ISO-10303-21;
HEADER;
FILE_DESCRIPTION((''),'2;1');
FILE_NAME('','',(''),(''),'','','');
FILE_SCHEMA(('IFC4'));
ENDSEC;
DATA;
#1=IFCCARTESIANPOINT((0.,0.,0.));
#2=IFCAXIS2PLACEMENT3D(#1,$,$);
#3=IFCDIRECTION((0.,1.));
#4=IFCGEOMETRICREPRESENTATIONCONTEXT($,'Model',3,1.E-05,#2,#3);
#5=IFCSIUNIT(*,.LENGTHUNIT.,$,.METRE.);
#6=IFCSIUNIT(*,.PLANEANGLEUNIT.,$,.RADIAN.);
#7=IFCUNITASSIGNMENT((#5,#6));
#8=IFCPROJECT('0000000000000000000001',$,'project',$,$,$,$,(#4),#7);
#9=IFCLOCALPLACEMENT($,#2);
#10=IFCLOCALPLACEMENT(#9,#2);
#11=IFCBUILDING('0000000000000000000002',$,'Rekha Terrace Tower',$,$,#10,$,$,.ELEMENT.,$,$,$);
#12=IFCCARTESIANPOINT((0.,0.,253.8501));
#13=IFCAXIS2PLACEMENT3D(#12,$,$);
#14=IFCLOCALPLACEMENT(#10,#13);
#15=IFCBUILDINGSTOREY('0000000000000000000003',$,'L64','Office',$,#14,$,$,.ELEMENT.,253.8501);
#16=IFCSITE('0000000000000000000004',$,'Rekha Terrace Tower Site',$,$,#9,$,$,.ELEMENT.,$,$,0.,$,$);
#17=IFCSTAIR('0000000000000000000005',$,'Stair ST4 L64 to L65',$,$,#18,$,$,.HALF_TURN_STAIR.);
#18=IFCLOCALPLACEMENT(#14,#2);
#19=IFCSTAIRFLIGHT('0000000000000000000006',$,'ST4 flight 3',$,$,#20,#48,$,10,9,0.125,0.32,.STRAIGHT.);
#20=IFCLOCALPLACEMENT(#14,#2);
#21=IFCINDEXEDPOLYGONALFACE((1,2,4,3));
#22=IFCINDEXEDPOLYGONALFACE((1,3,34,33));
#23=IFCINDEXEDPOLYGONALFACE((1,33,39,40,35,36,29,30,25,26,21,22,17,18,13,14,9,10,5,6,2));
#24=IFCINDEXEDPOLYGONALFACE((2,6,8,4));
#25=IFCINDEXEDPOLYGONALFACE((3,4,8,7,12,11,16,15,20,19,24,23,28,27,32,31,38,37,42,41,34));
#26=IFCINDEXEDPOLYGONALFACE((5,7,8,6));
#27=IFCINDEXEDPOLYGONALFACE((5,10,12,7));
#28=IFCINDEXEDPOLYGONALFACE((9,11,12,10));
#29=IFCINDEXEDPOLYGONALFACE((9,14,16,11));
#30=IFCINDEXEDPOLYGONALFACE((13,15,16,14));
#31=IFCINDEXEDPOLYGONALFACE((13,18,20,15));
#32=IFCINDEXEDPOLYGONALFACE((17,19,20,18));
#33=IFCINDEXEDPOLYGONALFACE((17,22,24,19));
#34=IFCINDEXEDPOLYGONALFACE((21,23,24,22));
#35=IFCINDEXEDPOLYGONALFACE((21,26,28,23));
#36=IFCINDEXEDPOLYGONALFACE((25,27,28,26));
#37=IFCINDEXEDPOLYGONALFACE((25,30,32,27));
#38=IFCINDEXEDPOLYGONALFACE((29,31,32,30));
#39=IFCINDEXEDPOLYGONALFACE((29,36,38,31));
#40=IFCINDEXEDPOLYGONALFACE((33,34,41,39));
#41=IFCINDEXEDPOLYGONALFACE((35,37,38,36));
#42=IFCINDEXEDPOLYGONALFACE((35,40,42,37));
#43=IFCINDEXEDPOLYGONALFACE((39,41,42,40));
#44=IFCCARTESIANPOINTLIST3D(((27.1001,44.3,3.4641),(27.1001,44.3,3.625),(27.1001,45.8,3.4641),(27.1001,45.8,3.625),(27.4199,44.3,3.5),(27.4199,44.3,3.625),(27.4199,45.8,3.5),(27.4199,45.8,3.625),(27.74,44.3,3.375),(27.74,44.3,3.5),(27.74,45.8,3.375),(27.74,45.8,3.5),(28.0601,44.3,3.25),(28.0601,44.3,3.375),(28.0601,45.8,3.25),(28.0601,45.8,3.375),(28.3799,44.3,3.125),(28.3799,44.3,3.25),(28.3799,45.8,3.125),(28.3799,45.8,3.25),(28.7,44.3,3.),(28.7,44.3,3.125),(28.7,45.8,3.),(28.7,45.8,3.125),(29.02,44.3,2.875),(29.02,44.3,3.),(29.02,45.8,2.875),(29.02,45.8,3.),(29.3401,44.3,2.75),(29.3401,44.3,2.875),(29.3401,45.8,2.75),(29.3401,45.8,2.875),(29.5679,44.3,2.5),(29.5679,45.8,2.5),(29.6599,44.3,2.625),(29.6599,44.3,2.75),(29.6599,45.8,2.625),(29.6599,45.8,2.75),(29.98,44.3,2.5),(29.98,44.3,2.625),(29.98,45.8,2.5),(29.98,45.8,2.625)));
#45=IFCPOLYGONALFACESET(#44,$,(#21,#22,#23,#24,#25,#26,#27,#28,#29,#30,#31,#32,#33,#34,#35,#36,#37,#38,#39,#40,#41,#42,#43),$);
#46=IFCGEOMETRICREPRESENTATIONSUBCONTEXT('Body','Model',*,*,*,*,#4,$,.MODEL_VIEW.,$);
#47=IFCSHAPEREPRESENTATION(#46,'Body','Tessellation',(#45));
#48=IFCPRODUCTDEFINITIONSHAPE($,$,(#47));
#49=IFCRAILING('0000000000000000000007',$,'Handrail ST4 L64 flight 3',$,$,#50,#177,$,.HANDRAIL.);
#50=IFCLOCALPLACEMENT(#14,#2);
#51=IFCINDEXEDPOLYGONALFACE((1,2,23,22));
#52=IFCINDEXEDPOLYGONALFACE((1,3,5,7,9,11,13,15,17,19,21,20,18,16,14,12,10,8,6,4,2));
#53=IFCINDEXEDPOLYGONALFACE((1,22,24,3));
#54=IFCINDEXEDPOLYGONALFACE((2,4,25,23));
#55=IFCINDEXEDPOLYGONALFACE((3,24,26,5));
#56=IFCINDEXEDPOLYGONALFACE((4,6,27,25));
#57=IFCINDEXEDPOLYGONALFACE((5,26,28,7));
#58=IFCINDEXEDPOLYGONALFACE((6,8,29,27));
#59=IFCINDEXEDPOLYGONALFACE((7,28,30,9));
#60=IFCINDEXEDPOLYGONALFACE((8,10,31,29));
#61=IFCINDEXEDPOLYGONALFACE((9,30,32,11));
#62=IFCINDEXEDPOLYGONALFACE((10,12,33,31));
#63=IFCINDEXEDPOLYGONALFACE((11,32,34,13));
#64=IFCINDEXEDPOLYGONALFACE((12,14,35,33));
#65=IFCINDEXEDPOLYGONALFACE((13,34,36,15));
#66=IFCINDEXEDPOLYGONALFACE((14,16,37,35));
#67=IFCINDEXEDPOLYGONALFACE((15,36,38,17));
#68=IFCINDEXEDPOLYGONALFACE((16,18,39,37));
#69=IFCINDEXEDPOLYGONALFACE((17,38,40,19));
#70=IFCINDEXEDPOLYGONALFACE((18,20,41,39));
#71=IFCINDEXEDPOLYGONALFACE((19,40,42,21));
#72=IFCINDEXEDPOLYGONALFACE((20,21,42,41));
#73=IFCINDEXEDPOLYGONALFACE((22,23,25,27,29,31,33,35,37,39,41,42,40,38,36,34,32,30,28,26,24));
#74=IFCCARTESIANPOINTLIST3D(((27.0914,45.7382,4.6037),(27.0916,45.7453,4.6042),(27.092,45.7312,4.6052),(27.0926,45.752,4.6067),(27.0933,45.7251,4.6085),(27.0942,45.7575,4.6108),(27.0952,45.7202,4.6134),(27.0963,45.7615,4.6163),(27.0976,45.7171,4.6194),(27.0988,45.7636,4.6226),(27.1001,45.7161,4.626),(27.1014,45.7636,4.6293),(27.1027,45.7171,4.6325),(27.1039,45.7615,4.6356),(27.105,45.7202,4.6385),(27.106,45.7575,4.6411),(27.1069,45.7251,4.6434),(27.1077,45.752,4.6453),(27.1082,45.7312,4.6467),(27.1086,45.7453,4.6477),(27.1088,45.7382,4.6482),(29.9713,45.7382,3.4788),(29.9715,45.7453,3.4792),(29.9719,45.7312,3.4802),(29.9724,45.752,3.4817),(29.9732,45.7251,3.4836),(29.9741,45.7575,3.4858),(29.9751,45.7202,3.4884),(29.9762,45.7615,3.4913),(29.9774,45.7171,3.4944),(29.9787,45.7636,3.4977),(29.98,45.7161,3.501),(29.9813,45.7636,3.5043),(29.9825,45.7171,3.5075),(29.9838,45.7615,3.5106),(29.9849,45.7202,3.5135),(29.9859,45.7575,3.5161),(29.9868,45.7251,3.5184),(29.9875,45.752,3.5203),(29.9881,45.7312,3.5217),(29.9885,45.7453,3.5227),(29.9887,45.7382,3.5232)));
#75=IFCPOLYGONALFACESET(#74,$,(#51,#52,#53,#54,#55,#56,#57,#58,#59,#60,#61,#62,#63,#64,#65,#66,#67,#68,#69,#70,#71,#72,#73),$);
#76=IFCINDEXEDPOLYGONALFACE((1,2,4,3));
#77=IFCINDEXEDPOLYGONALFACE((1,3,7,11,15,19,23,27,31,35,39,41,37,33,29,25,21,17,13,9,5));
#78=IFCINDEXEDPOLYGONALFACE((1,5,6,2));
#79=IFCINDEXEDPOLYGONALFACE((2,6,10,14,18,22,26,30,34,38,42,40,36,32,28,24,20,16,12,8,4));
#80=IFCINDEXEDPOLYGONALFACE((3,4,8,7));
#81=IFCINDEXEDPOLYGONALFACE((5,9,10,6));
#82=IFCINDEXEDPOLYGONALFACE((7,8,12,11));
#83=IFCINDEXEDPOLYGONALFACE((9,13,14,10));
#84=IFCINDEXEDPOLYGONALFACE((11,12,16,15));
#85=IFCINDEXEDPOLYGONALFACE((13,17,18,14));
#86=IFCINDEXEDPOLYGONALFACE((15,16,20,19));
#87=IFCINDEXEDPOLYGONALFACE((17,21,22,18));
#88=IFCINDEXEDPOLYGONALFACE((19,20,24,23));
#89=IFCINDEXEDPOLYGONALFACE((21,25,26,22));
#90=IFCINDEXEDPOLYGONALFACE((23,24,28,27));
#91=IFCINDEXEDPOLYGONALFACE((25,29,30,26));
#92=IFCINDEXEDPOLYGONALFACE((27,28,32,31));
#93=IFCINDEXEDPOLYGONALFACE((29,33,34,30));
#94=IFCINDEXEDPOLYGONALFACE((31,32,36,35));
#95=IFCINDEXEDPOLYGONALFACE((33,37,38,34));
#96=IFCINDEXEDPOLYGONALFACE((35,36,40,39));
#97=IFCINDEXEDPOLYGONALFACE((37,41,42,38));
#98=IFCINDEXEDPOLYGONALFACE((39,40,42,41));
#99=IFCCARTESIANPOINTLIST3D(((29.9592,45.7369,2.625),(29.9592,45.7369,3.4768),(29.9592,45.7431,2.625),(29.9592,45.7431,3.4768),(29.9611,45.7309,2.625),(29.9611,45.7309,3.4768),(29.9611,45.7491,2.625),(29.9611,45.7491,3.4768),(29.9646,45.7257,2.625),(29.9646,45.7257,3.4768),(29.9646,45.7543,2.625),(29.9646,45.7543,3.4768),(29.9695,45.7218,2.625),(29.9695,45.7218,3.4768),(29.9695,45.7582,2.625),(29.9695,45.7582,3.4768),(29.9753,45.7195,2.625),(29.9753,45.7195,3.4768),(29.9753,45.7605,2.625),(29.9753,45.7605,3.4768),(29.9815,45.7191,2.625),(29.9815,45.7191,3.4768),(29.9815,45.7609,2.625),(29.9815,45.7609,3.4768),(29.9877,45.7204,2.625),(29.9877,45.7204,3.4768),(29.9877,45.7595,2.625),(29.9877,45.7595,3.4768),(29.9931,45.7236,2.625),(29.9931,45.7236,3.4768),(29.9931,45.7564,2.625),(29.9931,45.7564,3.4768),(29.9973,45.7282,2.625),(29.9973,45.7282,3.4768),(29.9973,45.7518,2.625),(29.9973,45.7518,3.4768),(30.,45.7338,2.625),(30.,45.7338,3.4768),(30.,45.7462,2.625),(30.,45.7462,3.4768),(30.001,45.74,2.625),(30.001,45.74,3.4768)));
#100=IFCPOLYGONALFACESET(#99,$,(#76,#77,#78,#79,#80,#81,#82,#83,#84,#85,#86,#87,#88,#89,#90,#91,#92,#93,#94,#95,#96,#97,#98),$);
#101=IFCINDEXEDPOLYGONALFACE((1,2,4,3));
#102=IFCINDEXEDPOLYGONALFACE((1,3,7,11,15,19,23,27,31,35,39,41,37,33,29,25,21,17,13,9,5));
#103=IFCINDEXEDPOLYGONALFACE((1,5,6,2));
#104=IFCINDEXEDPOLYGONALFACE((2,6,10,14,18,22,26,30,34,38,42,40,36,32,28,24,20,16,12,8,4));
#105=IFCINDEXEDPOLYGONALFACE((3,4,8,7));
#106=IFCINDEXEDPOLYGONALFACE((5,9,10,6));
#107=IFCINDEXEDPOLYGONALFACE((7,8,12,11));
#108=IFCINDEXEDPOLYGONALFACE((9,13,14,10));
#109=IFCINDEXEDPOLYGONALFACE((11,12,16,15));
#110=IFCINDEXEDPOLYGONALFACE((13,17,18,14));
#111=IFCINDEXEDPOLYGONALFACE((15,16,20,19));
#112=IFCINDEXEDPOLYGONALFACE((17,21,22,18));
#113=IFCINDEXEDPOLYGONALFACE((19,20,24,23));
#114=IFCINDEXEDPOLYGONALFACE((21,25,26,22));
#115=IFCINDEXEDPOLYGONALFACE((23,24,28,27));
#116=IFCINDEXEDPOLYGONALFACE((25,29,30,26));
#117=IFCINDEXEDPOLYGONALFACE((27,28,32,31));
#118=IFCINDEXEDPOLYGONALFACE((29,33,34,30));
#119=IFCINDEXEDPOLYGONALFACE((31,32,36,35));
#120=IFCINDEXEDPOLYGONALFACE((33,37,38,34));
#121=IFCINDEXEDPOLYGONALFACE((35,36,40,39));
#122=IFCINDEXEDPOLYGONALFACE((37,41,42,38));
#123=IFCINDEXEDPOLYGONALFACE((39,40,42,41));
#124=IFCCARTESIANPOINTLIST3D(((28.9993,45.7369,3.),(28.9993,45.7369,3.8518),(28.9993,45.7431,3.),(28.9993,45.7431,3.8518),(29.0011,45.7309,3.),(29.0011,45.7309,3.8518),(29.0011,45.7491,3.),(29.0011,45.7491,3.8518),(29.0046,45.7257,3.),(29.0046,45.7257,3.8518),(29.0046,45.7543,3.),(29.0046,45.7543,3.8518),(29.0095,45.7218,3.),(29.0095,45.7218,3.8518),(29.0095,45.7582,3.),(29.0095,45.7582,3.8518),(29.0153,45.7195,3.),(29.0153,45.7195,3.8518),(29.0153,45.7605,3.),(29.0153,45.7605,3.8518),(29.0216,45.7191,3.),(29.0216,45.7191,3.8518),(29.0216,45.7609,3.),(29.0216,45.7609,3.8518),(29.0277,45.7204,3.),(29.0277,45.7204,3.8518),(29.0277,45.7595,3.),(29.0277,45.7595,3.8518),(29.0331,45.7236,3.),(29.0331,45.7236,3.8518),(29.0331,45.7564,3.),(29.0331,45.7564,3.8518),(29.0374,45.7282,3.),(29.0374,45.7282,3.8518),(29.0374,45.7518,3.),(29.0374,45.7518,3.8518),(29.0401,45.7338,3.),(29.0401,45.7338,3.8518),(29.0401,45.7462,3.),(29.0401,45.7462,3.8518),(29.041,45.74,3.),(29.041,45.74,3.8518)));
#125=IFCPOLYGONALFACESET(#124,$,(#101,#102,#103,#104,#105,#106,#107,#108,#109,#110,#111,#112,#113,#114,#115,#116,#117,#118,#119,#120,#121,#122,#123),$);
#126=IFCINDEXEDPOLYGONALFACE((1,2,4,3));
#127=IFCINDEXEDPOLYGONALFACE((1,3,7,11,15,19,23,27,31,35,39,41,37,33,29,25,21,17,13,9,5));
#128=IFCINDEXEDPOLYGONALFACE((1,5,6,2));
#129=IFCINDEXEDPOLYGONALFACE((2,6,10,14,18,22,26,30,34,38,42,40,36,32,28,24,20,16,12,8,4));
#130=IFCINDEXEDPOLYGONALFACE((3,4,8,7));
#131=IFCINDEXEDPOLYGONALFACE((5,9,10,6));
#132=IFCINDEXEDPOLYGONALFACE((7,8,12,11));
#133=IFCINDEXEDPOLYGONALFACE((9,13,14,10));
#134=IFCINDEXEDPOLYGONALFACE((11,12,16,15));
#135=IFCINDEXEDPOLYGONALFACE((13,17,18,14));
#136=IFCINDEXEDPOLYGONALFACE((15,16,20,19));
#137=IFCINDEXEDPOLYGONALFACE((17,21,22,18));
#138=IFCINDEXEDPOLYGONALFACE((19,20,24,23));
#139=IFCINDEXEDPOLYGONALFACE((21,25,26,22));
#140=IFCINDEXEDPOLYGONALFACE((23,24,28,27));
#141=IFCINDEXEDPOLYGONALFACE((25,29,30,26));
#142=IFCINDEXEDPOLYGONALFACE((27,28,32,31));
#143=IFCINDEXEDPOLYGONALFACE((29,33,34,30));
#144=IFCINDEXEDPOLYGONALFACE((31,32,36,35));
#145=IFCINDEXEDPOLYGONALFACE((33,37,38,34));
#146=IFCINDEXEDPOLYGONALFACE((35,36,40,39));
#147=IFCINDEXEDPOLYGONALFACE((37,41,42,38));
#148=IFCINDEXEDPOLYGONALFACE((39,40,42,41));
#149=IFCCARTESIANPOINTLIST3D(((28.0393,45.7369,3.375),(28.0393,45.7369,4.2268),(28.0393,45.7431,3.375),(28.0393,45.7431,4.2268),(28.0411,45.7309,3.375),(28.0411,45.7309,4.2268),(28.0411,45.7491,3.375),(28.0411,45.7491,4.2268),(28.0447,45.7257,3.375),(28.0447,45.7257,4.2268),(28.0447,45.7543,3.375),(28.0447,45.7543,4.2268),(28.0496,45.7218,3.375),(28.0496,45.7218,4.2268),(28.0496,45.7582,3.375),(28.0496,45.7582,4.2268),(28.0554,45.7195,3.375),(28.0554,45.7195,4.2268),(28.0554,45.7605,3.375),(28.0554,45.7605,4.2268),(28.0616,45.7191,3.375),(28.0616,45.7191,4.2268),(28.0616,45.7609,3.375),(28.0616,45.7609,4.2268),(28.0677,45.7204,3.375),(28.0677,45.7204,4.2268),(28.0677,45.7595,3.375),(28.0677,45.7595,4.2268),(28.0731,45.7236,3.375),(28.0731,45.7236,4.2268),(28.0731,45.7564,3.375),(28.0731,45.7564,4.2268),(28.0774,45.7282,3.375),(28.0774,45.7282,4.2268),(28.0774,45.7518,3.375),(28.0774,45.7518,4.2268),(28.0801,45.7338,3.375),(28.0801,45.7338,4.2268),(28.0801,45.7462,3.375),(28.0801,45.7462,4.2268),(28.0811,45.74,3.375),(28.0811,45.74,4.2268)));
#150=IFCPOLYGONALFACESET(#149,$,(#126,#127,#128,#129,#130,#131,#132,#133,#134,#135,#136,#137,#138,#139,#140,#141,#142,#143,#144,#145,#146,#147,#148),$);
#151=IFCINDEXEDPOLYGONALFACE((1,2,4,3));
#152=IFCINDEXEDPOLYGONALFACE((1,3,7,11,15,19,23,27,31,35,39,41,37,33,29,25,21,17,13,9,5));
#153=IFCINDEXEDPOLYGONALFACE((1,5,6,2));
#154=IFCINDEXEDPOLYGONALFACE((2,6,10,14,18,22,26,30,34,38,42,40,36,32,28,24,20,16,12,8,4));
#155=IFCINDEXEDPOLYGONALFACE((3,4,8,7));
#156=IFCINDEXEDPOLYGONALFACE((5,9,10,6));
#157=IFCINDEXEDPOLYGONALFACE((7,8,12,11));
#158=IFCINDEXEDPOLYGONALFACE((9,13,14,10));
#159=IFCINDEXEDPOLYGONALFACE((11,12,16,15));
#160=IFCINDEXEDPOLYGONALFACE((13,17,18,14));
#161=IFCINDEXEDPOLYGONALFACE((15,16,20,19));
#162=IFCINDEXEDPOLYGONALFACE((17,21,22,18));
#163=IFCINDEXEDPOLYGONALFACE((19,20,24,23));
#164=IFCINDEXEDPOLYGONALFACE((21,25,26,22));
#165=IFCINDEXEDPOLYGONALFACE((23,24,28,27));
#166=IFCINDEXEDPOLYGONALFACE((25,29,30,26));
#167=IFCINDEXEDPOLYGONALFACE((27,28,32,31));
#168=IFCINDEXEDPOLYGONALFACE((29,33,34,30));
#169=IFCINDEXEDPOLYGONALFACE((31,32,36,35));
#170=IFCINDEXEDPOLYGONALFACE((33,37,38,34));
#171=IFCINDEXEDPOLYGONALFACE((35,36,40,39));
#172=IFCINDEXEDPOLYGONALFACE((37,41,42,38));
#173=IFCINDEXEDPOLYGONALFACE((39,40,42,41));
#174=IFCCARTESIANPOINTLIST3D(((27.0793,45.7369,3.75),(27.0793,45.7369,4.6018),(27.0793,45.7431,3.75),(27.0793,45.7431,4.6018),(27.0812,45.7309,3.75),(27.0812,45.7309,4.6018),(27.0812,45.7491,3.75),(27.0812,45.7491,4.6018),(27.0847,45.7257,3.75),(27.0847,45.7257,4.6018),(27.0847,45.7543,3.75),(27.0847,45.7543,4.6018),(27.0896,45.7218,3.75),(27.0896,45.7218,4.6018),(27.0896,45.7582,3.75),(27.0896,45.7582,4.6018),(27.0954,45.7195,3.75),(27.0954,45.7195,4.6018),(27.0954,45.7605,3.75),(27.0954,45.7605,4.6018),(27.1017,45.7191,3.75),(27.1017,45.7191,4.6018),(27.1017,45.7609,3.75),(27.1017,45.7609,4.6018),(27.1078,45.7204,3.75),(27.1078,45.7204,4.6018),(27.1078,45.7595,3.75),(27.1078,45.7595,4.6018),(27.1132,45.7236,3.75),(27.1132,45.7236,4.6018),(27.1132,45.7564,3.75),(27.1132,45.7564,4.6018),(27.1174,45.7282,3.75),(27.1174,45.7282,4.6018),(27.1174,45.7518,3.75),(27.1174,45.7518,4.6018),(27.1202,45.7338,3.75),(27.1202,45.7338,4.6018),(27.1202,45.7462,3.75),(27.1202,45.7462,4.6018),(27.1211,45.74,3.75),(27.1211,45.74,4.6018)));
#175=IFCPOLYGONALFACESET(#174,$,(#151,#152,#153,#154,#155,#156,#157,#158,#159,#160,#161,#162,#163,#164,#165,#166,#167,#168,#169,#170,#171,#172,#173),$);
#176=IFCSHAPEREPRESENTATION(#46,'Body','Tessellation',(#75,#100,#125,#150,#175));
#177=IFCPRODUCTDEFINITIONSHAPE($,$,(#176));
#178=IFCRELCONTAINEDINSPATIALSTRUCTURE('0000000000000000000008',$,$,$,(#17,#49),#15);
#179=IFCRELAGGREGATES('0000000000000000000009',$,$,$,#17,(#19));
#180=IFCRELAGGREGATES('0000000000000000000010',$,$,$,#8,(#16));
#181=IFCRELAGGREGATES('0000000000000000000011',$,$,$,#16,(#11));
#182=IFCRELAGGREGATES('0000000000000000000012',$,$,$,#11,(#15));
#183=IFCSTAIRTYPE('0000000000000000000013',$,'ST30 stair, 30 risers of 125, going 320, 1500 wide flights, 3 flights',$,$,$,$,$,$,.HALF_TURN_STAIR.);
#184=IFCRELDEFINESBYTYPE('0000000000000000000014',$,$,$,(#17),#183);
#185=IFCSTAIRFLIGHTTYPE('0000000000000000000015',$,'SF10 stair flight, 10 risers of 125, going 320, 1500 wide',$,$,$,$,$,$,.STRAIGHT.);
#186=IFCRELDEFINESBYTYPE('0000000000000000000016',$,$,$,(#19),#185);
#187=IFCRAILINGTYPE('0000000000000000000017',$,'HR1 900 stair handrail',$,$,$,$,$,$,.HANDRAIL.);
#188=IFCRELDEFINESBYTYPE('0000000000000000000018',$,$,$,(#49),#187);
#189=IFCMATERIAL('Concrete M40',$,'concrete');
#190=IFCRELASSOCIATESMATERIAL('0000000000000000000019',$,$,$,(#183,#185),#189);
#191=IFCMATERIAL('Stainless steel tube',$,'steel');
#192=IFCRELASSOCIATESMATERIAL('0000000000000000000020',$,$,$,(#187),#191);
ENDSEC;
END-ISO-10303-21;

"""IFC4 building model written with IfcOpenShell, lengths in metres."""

from ifc_helpers import new_model, si_unit, direction, frame, origin, origin_2d, place, context, subcontext, project, spatial, polyline, circle, outline, extrude, material, type_object, element, aggregate, save


model = new_model("IFC4")

# Units and contexts
model_context = context("Model", 3, precision=1e-05, world=origin(), true_north=direction((0.0, 1.0)))
body_context = subcontext(model_context, "Body", "Model", "MODEL_VIEW")
ifc_project = project(units=[si_unit("LENGTHUNIT", "METRE"), si_unit("PLANEANGLEUNIT", "RADIAN")], contexts=[model_context])

# Site, building, storey
site_placement = place(None, origin())
site = spatial("IfcSite", under=ifc_project, at=site_placement, Name="Rekha Terrace Tower Site", CompositionType="ELEMENT", RefElevation=0.0)
building_placement = place(site_placement, origin())
building = spatial("IfcBuilding", under=site, at=building_placement, Name="Rekha Terrace Tower", CompositionType="ELEMENT")
storey_placement = place(building_placement, frame((0.0, 0.0, 253.8501)))
storey = spatial("IfcBuildingStorey", under=building, at=storey_placement, Name="L64", Description="Office", CompositionType="ELEMENT", Elevation=253.8501)

# Stair, stair flight
ifc_material_1 = material(Name="Concrete M40", Category="concrete")
stair_type = type_object("IfcStairType", Name="ST30 stair, 30 risers of 125, going 320, 1500 wide flights, 3 flights", PredefinedType="HALF_TURN_STAIR", material=ifc_material_1)
stair_placement = place(storey_placement, origin())
stair = element("IfcStair", 1, at=stair_placement, inside=storey, type_object=stair_type, Name="Stair ST4 L64 to L65", PredefinedType="HALF_TURN_STAIR")
stair_flight_type = type_object("IfcStairFlightType", Name="SF10 stair flight, 10 risers of 125, going 320, 1500 wide", PredefinedType="STRAIGHT", material=ifc_material_1)
stair_flight_placement = place(storey_placement, frame((29.98, 45.05, 2.5), z_axis=(0.0, 0.0, 1.0), x_axis=(-1.0, 0.0, 0.0)))
stair_flight = element("IfcStairFlight", 2, at=stair_flight_placement, type_object=stair_flight_type, Name="ST4 flight 3", NumberOfRisers=10, NumberOfTreads=9, PredefinedType="STRAIGHT", RiserHeight=0.125, TreadLength=0.32, context=body_context, shape_type="SweptSolid", body=[
    extrude(outline(polyline([(0.0, 0.0), (0.0, 0.125), (0.3201, 0.125), (0.3201, 0.25), (0.6399, 0.25), (0.6399, 0.375), (0.96, 0.375), (0.96, 0.5), (1.28, 0.5), (1.28, 0.625), (1.6001, 0.625), (1.6001, 0.75), (1.9199, 0.75), (1.9199, 0.875), (2.24, 0.875), (2.24, 1.0), (2.5601, 1.0), (2.5601, 1.125), (2.8799, 1.125), (2.8799, 1.25), (2.8799, 0.9641), (0.4121, 0.0), (0.0, 0.0)])), frame((0.0, 0.75, 0.0), z_axis=(0.0, -1.0, 0.0), x_axis=(1.0, 0.0, 0.0)), (0.0, 0.0, 1.0), 1.5),
])
aggregate(stair, [stair_flight])

# Railing
ifc_material_2 = material(Name="Stainless steel tube", Category="steel")
railing_type = type_object("IfcRailingType", Name="HR1 900 stair handrail", PredefinedType="HANDRAIL", material=ifc_material_2)
railing_placement = place(storey_placement, frame((29.98, 45.74, 2.625)))
element("IfcRailing", 3, at=railing_placement, inside=storey, type_object=railing_type, Name="Handrail ST4 L64 flight 3", PredefinedType="HANDRAIL", context=body_context, shape_type="SweptSolid", body=[
    extrude(circle(Radius=0.0239, at=origin_2d()), frame((0.0, 0.0, 0.876), z_axis=(-0.931452, 0.0, 0.363863), x_axis=(0.0, -1.0, 0.0)), (0.0, 0.0, 1.0), 3.0918),
    extrude(circle(Radius=0.021, at=origin_2d()), origin(), (0.0, 0.0, 1.0), 0.8518),
    extrude(circle(Radius=0.021, at=origin_2d()), frame((-0.96, 0.0, 0.375)), (0.0, 0.0, 1.0), 0.8518),
    extrude(circle(Radius=0.021, at=origin_2d()), frame((-1.9199, 0.0, 0.75)), (0.0, 0.0, 1.0), 0.8518),
    extrude(circle(Radius=0.021, at=origin_2d()), frame((-2.8799, 0.0, 1.125)), (0.0, 0.0, 1.0), 0.8518),
])

save(model, "model.ifc")
